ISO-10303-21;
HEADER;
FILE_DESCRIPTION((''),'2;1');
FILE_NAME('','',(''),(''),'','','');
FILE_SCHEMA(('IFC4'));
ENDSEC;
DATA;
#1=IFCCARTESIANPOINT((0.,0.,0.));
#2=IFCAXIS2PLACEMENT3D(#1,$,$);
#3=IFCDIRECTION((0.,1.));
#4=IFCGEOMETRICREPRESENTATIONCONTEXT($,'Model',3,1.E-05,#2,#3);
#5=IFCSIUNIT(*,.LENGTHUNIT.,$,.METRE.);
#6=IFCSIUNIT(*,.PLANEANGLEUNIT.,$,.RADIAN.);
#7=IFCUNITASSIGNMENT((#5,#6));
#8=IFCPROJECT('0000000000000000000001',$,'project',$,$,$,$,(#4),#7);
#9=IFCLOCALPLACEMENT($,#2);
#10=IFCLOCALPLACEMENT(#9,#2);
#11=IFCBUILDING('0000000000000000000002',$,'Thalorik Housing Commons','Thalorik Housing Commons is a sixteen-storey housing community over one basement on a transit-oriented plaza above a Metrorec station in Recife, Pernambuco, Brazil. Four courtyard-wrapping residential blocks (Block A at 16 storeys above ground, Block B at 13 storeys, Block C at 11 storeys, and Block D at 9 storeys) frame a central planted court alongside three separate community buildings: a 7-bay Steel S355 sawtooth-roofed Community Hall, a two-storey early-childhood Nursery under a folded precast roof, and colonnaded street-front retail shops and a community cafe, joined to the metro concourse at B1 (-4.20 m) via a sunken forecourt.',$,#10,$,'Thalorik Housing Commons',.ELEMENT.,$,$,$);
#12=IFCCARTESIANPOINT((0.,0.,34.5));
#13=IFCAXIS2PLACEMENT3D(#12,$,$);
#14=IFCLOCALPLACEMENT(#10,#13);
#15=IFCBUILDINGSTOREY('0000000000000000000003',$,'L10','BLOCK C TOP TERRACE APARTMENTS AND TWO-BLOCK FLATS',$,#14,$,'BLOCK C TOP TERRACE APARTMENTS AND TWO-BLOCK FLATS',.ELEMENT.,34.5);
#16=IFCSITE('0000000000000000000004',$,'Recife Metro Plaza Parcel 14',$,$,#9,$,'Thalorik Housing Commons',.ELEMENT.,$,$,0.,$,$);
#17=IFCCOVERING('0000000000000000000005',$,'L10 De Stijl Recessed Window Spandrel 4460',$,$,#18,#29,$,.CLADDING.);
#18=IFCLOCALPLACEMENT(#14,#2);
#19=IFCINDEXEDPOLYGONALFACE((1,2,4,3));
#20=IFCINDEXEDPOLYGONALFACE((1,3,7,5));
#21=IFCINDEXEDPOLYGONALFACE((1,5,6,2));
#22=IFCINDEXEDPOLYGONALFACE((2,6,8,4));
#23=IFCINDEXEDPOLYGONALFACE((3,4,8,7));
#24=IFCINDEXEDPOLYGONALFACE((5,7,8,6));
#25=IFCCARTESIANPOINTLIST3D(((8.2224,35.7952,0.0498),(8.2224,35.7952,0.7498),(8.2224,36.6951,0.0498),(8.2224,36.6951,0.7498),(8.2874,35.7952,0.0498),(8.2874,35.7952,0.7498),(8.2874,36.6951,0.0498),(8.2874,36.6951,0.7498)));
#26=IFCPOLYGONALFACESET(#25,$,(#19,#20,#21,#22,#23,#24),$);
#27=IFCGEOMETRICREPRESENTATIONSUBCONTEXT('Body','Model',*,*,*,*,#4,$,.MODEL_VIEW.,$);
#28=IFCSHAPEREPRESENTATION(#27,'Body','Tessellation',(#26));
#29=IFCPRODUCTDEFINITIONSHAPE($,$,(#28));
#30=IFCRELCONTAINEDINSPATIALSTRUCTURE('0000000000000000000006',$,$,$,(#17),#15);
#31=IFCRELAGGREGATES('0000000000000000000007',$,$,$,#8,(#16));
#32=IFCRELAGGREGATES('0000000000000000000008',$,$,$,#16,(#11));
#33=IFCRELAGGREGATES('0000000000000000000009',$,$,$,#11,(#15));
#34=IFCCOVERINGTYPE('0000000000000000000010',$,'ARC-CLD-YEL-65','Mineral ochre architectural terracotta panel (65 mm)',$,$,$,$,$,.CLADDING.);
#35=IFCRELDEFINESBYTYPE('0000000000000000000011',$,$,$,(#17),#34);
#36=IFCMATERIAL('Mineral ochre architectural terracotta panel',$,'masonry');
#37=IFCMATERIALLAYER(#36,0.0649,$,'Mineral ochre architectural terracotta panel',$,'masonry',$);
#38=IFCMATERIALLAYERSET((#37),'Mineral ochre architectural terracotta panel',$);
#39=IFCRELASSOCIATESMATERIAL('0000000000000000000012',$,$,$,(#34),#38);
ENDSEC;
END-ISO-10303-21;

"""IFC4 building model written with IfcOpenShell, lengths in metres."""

from ifc_helpers import new_model, si_unit, direction, frame, origin, origin_2d, place, context, subcontext, project, spatial, rectangle, extrude, material, layer, layer_set, type_object, element, save


model = new_model("IFC4")

# Units and contexts
model_context = context("Model", 3, precision=1e-05, world=origin(), true_north=direction((0.0, 1.0)))
body_context = subcontext(model_context, "Body", "Model", "MODEL_VIEW")
ifc_project = project(units=[si_unit("LENGTHUNIT", "METRE"), si_unit("PLANEANGLEUNIT", "RADIAN")], contexts=[model_context])

# Site, building, storey
site_placement = place(None, origin())
site = spatial("IfcSite", under=ifc_project, at=site_placement, Name="Recife Metro Plaza Parcel 14", LongName="Thalorik Housing Commons", CompositionType="ELEMENT", RefElevation=0.0)
building_placement = place(site_placement, origin())
building = spatial("IfcBuilding", under=site, at=building_placement, Name="Thalorik Housing Commons", Description="Thalorik Housing Commons is a sixteen-storey housing community over one basement on a transit-oriented plaza above a Metrorec station in Recife, Pernambuco, Brazil. Four courtyard-wrapping residential blocks (Block A at 16 storeys above ground, Block B at 13 storeys, Block C at 11 storeys, and Block D at 9 storeys) frame a central planted court alongside three separate community buildings: a 7-bay Steel S355 sawtooth-roofed Community Hall, a two-storey early-childhood Nursery under a folded precast roof, and colonnaded street-front retail shops and a community cafe, joined to the metro concourse at B1 (-4.20 m) via a sunken forecourt.", LongName="Thalorik Housing Commons", CompositionType="ELEMENT")
storey_placement = place(building_placement, frame((0.0, 0.0, 34.5)))
storey = spatial("IfcBuildingStorey", under=building, at=storey_placement, Name="L10", Description="BLOCK C TOP TERRACE APARTMENTS AND TWO-BLOCK FLATS", LongName="BLOCK C TOP TERRACE APARTMENTS AND TWO-BLOCK FLATS", CompositionType="ELEMENT", Elevation=34.5)

# Covering
ifc_material_1 = material(Name="Mineral ochre architectural terracotta panel", Category="masonry")
ifc_layer_1 = layer(ifc_material_1, 0.0649, Name="Mineral ochre architectural terracotta panel", Category="masonry")
ifc_layer_set_1 = layer_set([ifc_layer_1], Name="Mineral ochre architectural terracotta panel")
covering_type_1 = type_object("IfcCoveringType", Name="ARC-CLD-YEL-65", Description="Mineral ochre architectural terracotta panel (65 mm)", PredefinedType="CLADDING", material=ifc_layer_set_1)
covering_1_placement = place(storey_placement, frame((8.2549, 36.2451, 0.0498), z_axis=(0.0, 0.0, 1.0), x_axis=(0.0, -1.0, 0.0)))
element("IfcCovering", 1, at=covering_1_placement, inside=storey, type_object=covering_type_1, Name="L10 De Stijl Recessed Window Spandrel 4460", PredefinedType="CLADDING", context=body_context, shape_type="SweptSolid", body=[
    extrude(rectangle(XDim=0.8999, YDim=0.0649, at=origin_2d()), origin(), (0.0, 0.0, 1.0), 0.7),
])

save(model, "model.ifc")
